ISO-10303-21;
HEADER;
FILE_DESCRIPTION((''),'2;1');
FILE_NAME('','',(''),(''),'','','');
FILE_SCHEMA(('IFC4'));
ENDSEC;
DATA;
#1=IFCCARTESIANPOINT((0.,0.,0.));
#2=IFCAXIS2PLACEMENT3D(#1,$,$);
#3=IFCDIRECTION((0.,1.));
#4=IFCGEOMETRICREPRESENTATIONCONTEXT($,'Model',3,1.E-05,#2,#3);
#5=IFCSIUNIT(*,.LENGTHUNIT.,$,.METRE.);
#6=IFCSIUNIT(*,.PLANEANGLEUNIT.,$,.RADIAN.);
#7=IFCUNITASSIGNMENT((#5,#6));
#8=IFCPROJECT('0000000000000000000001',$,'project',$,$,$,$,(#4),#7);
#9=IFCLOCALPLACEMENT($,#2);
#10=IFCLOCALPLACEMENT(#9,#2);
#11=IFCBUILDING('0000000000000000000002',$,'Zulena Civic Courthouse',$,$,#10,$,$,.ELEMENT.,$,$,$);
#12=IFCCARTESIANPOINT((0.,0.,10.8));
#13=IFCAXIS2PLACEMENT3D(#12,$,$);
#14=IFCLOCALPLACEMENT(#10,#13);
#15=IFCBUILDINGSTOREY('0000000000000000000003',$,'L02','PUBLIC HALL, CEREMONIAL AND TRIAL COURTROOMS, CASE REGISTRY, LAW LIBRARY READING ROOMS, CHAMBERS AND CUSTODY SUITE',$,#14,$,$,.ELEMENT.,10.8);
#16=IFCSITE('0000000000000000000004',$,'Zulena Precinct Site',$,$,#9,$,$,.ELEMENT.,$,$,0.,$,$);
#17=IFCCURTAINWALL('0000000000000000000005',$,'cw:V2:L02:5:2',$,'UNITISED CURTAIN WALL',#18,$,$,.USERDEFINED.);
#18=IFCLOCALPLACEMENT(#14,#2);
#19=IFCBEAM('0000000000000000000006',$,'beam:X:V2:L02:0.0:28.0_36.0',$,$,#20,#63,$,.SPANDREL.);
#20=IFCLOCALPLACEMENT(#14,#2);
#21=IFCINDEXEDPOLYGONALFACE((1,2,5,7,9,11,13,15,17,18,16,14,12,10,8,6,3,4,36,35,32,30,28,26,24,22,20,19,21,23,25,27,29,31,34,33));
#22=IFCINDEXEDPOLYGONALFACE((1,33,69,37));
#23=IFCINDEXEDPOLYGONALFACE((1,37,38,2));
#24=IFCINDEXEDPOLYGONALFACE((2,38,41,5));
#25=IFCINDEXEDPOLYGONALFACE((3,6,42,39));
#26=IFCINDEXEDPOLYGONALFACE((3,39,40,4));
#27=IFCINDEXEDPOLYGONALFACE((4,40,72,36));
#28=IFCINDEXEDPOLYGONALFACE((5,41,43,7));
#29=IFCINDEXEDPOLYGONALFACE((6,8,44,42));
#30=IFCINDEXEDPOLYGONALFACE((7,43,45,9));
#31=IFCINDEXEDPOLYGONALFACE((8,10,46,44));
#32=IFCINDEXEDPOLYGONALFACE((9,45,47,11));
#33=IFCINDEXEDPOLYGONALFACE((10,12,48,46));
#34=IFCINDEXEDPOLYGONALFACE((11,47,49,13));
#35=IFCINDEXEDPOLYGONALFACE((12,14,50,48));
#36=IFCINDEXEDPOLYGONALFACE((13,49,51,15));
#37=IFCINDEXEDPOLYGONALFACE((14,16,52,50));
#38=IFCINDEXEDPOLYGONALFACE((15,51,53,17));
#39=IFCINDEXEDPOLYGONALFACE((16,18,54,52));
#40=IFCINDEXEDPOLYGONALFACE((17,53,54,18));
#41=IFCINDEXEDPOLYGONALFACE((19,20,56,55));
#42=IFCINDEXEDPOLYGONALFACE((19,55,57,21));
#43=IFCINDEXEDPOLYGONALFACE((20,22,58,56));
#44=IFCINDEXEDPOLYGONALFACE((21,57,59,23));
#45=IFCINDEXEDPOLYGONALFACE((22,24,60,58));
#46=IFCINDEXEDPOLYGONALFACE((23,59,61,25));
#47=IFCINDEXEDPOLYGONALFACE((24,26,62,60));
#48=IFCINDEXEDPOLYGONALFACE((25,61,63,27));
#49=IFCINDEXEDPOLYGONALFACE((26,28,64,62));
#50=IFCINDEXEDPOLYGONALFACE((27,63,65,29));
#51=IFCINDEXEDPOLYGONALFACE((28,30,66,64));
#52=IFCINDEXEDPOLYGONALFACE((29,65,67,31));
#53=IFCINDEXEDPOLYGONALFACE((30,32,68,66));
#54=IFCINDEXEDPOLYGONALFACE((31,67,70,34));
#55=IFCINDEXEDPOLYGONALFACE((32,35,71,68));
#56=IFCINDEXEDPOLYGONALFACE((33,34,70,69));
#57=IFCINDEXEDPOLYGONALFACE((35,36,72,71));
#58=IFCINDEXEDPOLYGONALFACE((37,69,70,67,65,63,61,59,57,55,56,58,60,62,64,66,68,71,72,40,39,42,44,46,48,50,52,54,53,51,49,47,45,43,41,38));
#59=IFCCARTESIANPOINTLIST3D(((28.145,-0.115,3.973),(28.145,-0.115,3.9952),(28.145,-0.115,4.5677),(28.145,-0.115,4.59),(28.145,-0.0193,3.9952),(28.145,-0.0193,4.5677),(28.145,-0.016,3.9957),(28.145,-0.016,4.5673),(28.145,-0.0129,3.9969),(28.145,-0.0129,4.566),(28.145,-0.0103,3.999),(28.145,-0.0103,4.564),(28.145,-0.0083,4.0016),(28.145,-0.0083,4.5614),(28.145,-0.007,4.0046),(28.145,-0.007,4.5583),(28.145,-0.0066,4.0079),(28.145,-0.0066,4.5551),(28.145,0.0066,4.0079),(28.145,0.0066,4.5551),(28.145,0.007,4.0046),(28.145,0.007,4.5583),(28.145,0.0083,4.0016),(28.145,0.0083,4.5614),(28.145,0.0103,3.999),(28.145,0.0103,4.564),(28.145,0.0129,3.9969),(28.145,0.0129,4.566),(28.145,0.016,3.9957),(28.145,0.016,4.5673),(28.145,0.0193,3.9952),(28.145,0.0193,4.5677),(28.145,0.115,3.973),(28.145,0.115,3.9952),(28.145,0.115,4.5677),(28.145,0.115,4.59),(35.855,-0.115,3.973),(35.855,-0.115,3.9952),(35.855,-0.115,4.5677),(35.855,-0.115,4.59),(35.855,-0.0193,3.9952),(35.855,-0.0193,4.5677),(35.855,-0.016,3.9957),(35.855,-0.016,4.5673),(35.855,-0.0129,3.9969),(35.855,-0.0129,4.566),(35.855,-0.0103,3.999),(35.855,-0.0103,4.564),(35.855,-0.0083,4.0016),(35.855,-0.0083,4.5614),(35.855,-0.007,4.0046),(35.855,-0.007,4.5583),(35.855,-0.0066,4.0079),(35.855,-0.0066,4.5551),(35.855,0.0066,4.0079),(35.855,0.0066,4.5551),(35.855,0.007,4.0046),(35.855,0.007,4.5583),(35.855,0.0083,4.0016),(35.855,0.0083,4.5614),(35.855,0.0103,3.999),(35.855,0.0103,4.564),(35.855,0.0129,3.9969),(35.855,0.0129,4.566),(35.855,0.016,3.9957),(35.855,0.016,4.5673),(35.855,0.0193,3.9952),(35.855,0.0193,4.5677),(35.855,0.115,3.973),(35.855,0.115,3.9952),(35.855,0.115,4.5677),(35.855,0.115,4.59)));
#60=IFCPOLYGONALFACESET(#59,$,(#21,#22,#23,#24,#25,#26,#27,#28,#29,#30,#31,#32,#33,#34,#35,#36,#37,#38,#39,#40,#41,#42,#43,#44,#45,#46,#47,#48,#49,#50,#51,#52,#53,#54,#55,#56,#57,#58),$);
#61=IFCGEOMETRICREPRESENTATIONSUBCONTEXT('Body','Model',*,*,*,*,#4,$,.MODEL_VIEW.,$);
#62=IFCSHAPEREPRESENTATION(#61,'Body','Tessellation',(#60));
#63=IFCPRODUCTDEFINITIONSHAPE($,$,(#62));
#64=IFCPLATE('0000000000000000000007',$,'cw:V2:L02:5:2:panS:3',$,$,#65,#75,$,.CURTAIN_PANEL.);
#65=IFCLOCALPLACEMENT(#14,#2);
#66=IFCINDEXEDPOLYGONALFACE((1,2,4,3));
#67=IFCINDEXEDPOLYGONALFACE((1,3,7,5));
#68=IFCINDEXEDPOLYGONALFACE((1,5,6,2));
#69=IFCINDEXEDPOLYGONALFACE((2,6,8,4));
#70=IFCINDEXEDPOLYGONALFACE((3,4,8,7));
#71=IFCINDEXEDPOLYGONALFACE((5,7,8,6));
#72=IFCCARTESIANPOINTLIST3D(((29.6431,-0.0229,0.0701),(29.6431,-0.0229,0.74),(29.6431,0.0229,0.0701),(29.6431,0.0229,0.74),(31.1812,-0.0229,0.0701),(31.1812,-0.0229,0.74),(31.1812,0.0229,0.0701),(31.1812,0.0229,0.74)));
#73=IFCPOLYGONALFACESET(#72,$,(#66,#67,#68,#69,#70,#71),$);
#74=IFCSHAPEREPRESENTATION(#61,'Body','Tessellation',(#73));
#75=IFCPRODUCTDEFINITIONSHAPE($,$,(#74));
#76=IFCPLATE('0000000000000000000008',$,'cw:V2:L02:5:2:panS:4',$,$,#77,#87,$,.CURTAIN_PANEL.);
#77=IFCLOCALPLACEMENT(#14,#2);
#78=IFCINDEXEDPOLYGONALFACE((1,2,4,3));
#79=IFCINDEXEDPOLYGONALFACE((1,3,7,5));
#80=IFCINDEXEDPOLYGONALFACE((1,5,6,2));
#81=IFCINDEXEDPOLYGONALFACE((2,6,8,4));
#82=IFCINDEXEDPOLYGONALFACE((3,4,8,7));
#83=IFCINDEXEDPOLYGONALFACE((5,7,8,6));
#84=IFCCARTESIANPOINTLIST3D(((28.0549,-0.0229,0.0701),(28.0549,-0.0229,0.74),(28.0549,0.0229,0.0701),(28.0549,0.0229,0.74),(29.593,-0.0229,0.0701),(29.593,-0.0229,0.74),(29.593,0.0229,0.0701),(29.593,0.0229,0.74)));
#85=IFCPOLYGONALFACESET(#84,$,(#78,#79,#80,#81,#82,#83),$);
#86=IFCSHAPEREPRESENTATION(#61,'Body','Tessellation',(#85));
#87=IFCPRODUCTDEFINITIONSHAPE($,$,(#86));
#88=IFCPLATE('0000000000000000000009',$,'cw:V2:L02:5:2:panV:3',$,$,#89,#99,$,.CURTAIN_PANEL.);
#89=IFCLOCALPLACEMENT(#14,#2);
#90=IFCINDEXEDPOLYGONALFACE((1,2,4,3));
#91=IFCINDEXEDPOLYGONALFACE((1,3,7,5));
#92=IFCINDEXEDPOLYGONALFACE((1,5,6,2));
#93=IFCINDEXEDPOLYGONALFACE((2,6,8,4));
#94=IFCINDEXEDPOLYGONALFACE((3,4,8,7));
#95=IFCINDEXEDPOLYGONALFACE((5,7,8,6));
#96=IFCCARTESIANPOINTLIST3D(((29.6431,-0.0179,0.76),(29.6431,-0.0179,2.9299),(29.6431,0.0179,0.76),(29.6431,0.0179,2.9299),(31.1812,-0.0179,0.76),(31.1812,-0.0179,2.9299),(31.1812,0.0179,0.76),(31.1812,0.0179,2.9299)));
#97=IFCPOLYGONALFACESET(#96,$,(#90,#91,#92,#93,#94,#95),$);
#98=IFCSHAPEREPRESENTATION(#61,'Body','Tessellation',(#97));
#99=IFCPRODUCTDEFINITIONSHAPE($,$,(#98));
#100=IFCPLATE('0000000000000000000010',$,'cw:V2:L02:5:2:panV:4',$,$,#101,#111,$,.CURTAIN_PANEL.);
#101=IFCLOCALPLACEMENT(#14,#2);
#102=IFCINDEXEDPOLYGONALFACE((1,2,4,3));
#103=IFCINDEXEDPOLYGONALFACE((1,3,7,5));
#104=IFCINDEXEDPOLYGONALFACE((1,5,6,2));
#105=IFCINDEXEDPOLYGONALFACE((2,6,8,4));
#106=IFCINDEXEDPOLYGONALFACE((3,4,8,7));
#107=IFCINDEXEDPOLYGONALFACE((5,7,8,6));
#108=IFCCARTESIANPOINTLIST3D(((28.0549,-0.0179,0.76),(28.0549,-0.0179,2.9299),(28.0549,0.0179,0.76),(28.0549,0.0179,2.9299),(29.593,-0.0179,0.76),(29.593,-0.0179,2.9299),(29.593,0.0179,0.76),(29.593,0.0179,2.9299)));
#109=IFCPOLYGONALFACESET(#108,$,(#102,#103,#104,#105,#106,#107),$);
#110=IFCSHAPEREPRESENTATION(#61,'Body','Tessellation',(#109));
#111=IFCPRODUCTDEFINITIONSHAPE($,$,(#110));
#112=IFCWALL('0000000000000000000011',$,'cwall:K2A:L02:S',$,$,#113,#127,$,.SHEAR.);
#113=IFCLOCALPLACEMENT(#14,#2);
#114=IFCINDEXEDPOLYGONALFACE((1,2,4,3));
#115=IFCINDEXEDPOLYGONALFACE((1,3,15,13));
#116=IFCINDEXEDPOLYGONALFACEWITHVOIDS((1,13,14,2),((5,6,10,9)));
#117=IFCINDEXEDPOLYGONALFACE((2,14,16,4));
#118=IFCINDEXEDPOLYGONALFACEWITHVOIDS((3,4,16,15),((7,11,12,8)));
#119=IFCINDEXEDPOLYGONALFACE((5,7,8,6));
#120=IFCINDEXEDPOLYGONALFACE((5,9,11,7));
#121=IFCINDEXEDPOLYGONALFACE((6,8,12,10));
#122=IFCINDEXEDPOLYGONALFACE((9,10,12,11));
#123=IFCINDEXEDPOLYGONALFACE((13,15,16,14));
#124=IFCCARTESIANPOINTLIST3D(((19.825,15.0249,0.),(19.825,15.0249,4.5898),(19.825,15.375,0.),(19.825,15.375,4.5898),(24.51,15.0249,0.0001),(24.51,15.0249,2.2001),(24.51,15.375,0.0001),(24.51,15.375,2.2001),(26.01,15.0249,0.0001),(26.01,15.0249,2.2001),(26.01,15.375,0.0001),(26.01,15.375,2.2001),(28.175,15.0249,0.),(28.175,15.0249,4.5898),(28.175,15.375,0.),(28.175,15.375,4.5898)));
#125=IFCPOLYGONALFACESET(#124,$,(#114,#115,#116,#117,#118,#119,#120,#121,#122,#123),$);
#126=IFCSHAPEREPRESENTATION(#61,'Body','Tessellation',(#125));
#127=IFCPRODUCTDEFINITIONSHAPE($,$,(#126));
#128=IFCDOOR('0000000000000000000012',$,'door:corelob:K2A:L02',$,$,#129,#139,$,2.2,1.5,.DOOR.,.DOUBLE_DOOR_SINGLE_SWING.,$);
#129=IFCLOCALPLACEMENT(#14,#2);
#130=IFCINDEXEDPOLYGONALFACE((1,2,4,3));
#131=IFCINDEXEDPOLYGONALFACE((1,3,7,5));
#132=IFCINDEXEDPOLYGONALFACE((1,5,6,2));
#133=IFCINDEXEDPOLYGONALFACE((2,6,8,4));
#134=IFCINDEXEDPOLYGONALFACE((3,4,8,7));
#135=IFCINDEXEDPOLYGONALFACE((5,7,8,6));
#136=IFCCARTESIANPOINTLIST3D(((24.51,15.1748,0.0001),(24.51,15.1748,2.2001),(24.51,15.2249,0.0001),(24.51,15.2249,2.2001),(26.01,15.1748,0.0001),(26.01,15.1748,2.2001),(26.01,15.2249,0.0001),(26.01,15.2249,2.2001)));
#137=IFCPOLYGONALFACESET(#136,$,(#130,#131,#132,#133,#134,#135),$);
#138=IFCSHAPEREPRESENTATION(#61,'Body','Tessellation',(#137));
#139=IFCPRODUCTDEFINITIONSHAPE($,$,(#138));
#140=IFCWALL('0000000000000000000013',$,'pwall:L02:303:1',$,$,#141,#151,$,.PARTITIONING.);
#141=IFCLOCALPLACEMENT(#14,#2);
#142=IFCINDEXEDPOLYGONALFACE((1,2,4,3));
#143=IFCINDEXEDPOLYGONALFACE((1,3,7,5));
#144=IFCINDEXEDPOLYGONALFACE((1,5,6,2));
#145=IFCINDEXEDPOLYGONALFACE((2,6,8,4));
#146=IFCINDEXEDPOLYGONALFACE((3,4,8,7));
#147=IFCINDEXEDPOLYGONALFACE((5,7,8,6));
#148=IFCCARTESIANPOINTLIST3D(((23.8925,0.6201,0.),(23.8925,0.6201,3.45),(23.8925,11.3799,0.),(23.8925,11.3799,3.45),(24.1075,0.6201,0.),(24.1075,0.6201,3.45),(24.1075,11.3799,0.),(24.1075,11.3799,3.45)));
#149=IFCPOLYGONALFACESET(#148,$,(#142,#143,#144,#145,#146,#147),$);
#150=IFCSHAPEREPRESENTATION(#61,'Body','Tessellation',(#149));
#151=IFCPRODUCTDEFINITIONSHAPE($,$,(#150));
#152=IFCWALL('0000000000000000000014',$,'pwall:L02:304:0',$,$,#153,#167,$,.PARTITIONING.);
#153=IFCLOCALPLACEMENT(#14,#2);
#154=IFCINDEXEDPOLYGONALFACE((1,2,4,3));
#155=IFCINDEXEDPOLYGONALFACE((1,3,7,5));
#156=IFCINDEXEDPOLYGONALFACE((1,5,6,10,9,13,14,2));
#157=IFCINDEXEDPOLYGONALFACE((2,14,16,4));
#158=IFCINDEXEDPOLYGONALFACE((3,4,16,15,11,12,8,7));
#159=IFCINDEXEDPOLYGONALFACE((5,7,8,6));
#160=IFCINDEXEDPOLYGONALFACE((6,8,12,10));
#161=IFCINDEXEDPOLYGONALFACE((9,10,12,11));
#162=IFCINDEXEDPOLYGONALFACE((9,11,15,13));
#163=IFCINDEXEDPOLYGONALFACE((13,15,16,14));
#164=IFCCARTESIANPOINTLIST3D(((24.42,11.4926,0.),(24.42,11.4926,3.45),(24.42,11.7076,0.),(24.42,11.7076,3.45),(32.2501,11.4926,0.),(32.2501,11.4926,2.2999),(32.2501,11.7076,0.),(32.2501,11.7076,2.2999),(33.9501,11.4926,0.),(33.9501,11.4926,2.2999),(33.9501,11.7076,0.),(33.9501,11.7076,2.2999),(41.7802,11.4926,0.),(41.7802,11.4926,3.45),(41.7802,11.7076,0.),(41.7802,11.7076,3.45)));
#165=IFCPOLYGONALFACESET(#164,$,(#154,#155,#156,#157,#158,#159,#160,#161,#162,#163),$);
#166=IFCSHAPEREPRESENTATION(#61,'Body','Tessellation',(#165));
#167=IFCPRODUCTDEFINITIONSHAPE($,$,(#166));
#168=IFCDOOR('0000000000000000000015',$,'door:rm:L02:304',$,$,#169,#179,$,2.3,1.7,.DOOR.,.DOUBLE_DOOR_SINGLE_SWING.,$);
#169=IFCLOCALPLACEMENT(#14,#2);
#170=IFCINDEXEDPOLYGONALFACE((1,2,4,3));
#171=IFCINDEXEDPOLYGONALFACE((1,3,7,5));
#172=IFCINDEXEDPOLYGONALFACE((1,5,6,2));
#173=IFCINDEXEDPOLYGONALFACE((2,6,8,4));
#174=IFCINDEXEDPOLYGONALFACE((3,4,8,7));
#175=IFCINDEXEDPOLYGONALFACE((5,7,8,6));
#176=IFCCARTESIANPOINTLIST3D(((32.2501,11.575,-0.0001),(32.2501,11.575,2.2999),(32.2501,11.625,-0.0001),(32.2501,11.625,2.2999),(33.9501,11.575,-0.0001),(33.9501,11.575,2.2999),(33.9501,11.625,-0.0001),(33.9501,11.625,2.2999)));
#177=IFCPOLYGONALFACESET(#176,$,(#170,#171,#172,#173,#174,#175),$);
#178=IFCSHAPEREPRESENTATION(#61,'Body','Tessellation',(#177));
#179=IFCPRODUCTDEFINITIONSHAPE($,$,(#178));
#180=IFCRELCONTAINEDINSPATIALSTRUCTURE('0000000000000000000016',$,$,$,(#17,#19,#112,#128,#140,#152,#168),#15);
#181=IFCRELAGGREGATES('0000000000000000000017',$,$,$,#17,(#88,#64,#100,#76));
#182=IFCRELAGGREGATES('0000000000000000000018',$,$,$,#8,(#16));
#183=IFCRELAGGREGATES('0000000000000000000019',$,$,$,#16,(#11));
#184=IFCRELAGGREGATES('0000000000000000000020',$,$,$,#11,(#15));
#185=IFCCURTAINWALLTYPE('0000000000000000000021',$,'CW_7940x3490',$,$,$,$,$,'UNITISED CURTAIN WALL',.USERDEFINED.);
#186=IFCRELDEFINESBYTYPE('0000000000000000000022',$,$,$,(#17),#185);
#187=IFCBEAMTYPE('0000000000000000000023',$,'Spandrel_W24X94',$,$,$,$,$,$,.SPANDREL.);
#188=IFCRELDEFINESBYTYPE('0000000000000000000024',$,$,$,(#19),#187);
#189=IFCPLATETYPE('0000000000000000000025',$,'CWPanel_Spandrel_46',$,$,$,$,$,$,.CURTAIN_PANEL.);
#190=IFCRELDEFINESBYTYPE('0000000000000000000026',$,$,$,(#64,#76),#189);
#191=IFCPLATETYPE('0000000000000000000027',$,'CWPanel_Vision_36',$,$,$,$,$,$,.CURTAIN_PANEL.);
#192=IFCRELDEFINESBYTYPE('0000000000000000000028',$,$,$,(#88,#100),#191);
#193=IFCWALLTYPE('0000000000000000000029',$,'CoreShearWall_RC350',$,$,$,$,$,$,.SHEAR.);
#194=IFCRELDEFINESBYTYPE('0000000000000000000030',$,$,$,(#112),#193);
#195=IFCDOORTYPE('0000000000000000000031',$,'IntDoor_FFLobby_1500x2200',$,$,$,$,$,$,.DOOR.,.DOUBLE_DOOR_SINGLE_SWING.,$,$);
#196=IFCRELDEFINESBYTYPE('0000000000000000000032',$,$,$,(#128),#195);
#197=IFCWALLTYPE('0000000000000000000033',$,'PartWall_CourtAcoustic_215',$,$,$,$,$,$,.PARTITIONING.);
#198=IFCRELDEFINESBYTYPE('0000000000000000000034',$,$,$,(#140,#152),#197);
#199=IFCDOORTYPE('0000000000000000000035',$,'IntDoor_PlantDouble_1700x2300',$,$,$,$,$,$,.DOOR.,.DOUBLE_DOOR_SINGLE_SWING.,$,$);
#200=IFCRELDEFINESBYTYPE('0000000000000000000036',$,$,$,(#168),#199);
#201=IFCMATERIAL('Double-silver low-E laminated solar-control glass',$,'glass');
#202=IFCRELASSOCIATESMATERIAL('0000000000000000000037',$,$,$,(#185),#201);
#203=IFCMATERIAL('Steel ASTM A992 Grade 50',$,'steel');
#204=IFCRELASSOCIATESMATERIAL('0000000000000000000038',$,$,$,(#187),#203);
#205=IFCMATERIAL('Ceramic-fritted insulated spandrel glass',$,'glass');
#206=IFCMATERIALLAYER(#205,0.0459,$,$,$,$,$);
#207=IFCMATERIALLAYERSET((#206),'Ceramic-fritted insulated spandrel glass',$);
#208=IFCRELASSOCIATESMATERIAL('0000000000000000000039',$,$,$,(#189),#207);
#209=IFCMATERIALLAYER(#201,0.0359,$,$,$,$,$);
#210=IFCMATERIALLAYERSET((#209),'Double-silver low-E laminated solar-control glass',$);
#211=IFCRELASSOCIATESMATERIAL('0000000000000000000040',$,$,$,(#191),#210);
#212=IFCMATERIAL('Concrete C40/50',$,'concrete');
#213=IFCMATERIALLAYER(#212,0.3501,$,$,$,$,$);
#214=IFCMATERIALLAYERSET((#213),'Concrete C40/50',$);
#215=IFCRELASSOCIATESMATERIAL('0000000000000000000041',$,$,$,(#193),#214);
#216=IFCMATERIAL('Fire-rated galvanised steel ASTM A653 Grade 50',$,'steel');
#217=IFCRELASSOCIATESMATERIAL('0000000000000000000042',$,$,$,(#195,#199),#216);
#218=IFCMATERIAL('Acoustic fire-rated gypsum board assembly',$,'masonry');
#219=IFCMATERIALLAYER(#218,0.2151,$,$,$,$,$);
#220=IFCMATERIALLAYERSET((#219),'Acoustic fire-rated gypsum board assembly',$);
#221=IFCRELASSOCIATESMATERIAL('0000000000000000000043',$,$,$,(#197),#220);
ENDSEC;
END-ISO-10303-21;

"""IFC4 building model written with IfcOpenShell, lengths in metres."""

from ifc_helpers import new_model, si_unit, direction, frame, frame_2d, origin, origin_2d, place, context, subcontext, project, spatial, rectangle, i_section, extrude, material, layer, layer_set, material_profile, profile_set, type_object, element, fill, aggregate, save


model = new_model("IFC4")

# Units and contexts
model_context = context("Model", 3, precision=1e-05, world=origin(), true_north=direction((0.0, 1.0)))
body_context = subcontext(model_context, "Body", "Model", "MODEL_VIEW")
ifc_project = project(units=[si_unit("LENGTHUNIT", "METRE"), si_unit("PLANEANGLEUNIT", "RADIAN")], contexts=[model_context])

# Site, building, storey
site_placement = place(None, origin())
site = spatial("IfcSite", under=ifc_project, at=site_placement, Name="Zulena Precinct Site", CompositionType="ELEMENT", RefElevation=0.0)
building_placement = place(site_placement, origin())
building = spatial("IfcBuilding", under=site, at=building_placement, Name="Zulena Civic Courthouse", CompositionType="ELEMENT")
storey_placement = place(building_placement, frame((0.0, 0.0, 10.8)))
storey = spatial("IfcBuildingStorey", under=building, at=storey_placement, Name="L02", Description="PUBLIC HALL, CEREMONIAL AND TRIAL COURTROOMS, CASE REGISTRY, LAW LIBRARY READING ROOMS, CHAMBERS AND CUSTODY SUITE", CompositionType="ELEMENT", Elevation=10.8)

# Shared definitions
ifc_material_1 = material(Name="Steel ASTM A992 Grade 50", Category="steel")

# Curtain wall
ifc_material_2 = material(Name="Double-silver low-E laminated solar-control glass", Category="glass")
curtain_wall_type = type_object("IfcCurtainWallType", Name="CW_7940x3490", ElementType="UNITISED CURTAIN WALL", PredefinedType="USERDEFINED", material=ifc_material_2)
curtain_wall_placement = place(storey_placement, origin())
curtain_wall = element("IfcCurtainWall", 1, at=curtain_wall_placement, inside=storey, type_object=curtain_wall_type, Name="cw:V2:L02:5:2", ObjectType="UNITISED CURTAIN WALL", PredefinedType="USERDEFINED")

# Beam
ifc_material_profile_1 = material_profile(ifc_material_1, i_section(OverallWidth=0.23, OverallDepth=0.6169, WebThickness=0.0132, FlangeThickness=0.0222, FilletRadius=0.0127, at=origin_2d()), Name="W24X94")
ifc_profile_set_1 = profile_set([ifc_material_profile_1], Name="Steel ASTM A992 Grade 50")
beam_type_1 = type_object("IfcBeamType", Name="Spandrel_W24X94", PredefinedType="SPANDREL", material=ifc_profile_set_1)
beam_1_placement = place(storey_placement, frame((28.145, 0.0, 4.2815), z_axis=(1.0, 0.0, 0.0), x_axis=(0.0, 1.0, 0.0)))
element("IfcBeam", 2, at=beam_1_placement, inside=storey, type_object=beam_type_1, Name="beam:X:V2:L02:0.0:28.0_36.0", PredefinedType="SPANDREL", context=body_context, shape_type="SweptSolid", body=[
    extrude(i_section(OverallWidth=0.23, OverallDepth=0.6169, WebThickness=0.0132, FlangeThickness=0.0222, FilletRadius=0.0127, at=origin_2d()), origin(), (0.0, 0.0, 1.0), 7.71),
])

# Plates
ifc_material_3 = material(Name="Ceramic-fritted insulated spandrel glass", Category="glass")
ifc_layer_1 = layer(ifc_material_3, 0.0459)
ifc_layer_set_1 = layer_set([ifc_layer_1], Name="Ceramic-fritted insulated spandrel glass")
plate_type_1 = type_object("IfcPlateType", Name="CWPanel_Spandrel_46", PredefinedType="CURTAIN_PANEL", material=ifc_layer_set_1)
plate_1_placement = place(storey_placement, frame((30.4121, 0.0, 0.0701), z_axis=(0.0, 0.0, 1.0), x_axis=(-1.0, 0.0, 0.0)))
plate_1 = element("IfcPlate", 3, at=plate_1_placement, type_object=plate_type_1, Name="cw:V2:L02:5:2:panS:3", PredefinedType="CURTAIN_PANEL", context=body_context, shape_type="SweptSolid", body=[
    extrude(rectangle(XDim=1.5381, YDim=0.0459, at=origin_2d()), origin(), (0.0, 0.0, 1.0), 0.6699),
])
plate_2_placement = place(storey_placement, frame((28.824, 0.0, 0.0701), z_axis=(0.0, 0.0, 1.0), x_axis=(-1.0, 0.0, 0.0)))
plate_2 = element("IfcPlate", 4, at=plate_2_placement, type_object=plate_type_1, Name="cw:V2:L02:5:2:panS:4", PredefinedType="CURTAIN_PANEL", context=body_context, shape_type="SweptSolid", body=[
    extrude(rectangle(XDim=1.5381, YDim=0.0459, at=origin_2d()), origin(), (0.0, 0.0, 1.0), 0.6699),
])
ifc_layer_2 = layer(ifc_material_2, 0.0359)
ifc_layer_set_2 = layer_set([ifc_layer_2], Name="Double-silver low-E laminated solar-control glass")
plate_type_2 = type_object("IfcPlateType", Name="CWPanel_Vision_36", PredefinedType="CURTAIN_PANEL", material=ifc_layer_set_2)
plate_3_placement = place(storey_placement, frame((30.4121, 0.0, 0.76), z_axis=(0.0, 0.0, 1.0), x_axis=(-1.0, 0.0, 0.0)))
plate_3 = element("IfcPlate", 5, at=plate_3_placement, type_object=plate_type_2, Name="cw:V2:L02:5:2:panV:3", PredefinedType="CURTAIN_PANEL", context=body_context, shape_type="SweptSolid", body=[
    extrude(rectangle(XDim=1.5381, YDim=0.0359, at=origin_2d()), origin(), (0.0, 0.0, 1.0), 2.1699),
])
plate_4_placement = place(storey_placement, frame((28.824, 0.0, 0.76), z_axis=(0.0, 0.0, 1.0), x_axis=(-1.0, 0.0, 0.0)))
plate_4 = element("IfcPlate", 6, at=plate_4_placement, type_object=plate_type_2, Name="cw:V2:L02:5:2:panV:4", PredefinedType="CURTAIN_PANEL", context=body_context, shape_type="SweptSolid", body=[
    extrude(rectangle(XDim=1.5381, YDim=0.0359, at=origin_2d()), origin(), (0.0, 0.0, 1.0), 2.1699),
])
aggregate(curtain_wall, [plate_3, plate_1, plate_4, plate_2])

# Wall, opening, door
ifc_material_4 = material(Name="Concrete C40/50", Category="concrete")
ifc_layer_3 = layer(ifc_material_4, 0.3501)
ifc_layer_set_3 = layer_set([ifc_layer_3], Name="Concrete C40/50")
wall_type_1 = type_object("IfcWallType", Name="CoreShearWall_RC350", PredefinedType="SHEAR", material=ifc_layer_set_3)
wall_1_placement = place(storey_placement, frame((19.825, 15.2, 0.0), z_axis=(0.0, 0.0, 1.0), x_axis=(1.0, 0.0, 0.0)))
wall_1 = element("IfcWall", 7, at=wall_1_placement, inside=storey, type_object=wall_type_1, Name="cwall:K2A:L02:S", PredefinedType="SHEAR", context=body_context, shape_type="SweptSolid", body=[
    extrude(rectangle(XDim=8.3501, YDim=0.3501, at=frame_2d((4.175, 0.0))), origin(), (0.0, 0.0, 1.0), 4.5898),
])
opening_1_placement = place(wall_1_placement, frame((4.6851, 0.0, 0.0)))
opening_1 = element("IfcOpeningElement", 8, at=opening_1_placement, cuts=wall_1, PredefinedType="OPENING", context=body_context, shape_type="SweptSolid", body=[
    extrude(rectangle(XDim=1.5, YDim=2.2, at=frame_2d((0.75, 1.1001))), frame((0.0, 0.1851, 0.0), z_axis=(0.0, -1.0, 0.0), x_axis=(1.0, 0.0, 0.0)), (0.0, 0.0, 1.0), 0.3701),
])
ifc_material_5 = material(Name="Fire-rated galvanised steel ASTM A653 Grade 50", Category="steel")
door_type_1 = type_object("IfcDoorType", Name="IntDoor_FFLobby_1500x2200", OperationType="DOUBLE_DOOR_SINGLE_SWING", PredefinedType="DOOR", material=ifc_material_5)
door_1_placement = place(opening_1_placement, origin())
door_1 = element("IfcDoor", 9, at=door_1_placement, inside=storey, type_object=door_type_1, Name="door:corelob:K2A:L02", OperationType="DOUBLE_DOOR_SINGLE_SWING", OverallHeight=2.2, OverallWidth=1.5, PredefinedType="DOOR", context=body_context, shape_type="SweptSolid", body=[
    extrude(rectangle(XDim=1.5, YDim=2.2, at=frame_2d((0.75, 1.1001))), frame((0.0, 0.0249, 0.0), z_axis=(0.0, -1.0, 0.0), x_axis=(1.0, 0.0, 0.0)), (0.0, 0.0, 1.0), 0.05),
])
fill(opening_1, door_1)

# Wall
ifc_material_6 = material(Name="Acoustic fire-rated gypsum board assembly", Category="masonry")
ifc_layer_4 = layer(ifc_material_6, 0.2151)
ifc_layer_set_4 = layer_set([ifc_layer_4], Name="Acoustic fire-rated gypsum board assembly")
wall_type_2 = type_object("IfcWallType", Name="PartWall_CourtAcoustic_215", PredefinedType="PARTITIONING", material=ifc_layer_set_4)
wall_2_placement = place(storey_placement, frame((24.0, 0.6201, 0.0), z_axis=(0.0, 0.0, 1.0), x_axis=(0.0, 1.0, 0.0)))
element("IfcWall", 10, at=wall_2_placement, inside=storey, type_object=wall_type_2, Name="pwall:L02:303:1", PredefinedType="PARTITIONING", context=body_context, shape_type="SweptSolid", body=[
    extrude(rectangle(XDim=10.7598, YDim=0.2151, at=frame_2d((5.3799, 0.0))), origin(), (0.0, 0.0, 1.0), 3.45),
])

# Wall, opening, door
wall_3_placement = place(storey_placement, frame((24.4199, 11.6001, 0.0), z_axis=(0.0, 0.0, 1.0), x_axis=(1.0, 0.0, 0.0)))
wall_3 = element("IfcWall", 11, at=wall_3_placement, inside=storey, type_object=wall_type_2, Name="pwall:L02:304:0", PredefinedType="PARTITIONING", context=body_context, shape_type="SweptSolid", body=[
    extrude(rectangle(XDim=17.3601, YDim=0.2151, at=frame_2d((8.6802, 0.0))), origin(), (0.0, 0.0, 1.0), 3.45),
])
opening_2_placement = place(wall_3_placement, frame((7.8301, 0.0, 0.0)))
opening_2 = element("IfcOpeningElement", 12, at=opening_2_placement, cuts=wall_3, PredefinedType="OPENING", context=body_context, shape_type="SweptSolid", body=[
    extrude(rectangle(XDim=1.7, YDim=2.3, at=frame_2d((0.8501, 1.1499))), frame((0.0, 0.1174, 0.0), z_axis=(0.0, -1.0, 0.0), x_axis=(1.0, 0.0, 0.0)), (0.0, 0.0, 1.0), 0.2351),
])
door_type_2 = type_object("IfcDoorType", Name="IntDoor_PlantDouble_1700x2300", OperationType="DOUBLE_DOOR_SINGLE_SWING", PredefinedType="DOOR", material=ifc_material_5)
door_2_placement = place(opening_2_placement, origin())
door_2 = element("IfcDoor", 13, at=door_2_placement, inside=storey, type_object=door_type_2, Name="door:rm:L02:304", OperationType="DOUBLE_DOOR_SINGLE_SWING", OverallHeight=2.3, OverallWidth=1.7, PredefinedType="DOOR", context=body_context, shape_type="SweptSolid", body=[
    extrude(rectangle(XDim=1.7, YDim=2.3, at=frame_2d((0.8501, 1.1499))), frame((0.0, 0.0249, 0.0), z_axis=(0.0, -1.0, 0.0), x_axis=(1.0, 0.0, 0.0)), (0.0, 0.0, 1.0), 0.05),
])
fill(opening_2, door_2)

save(model, "model.ifc")
